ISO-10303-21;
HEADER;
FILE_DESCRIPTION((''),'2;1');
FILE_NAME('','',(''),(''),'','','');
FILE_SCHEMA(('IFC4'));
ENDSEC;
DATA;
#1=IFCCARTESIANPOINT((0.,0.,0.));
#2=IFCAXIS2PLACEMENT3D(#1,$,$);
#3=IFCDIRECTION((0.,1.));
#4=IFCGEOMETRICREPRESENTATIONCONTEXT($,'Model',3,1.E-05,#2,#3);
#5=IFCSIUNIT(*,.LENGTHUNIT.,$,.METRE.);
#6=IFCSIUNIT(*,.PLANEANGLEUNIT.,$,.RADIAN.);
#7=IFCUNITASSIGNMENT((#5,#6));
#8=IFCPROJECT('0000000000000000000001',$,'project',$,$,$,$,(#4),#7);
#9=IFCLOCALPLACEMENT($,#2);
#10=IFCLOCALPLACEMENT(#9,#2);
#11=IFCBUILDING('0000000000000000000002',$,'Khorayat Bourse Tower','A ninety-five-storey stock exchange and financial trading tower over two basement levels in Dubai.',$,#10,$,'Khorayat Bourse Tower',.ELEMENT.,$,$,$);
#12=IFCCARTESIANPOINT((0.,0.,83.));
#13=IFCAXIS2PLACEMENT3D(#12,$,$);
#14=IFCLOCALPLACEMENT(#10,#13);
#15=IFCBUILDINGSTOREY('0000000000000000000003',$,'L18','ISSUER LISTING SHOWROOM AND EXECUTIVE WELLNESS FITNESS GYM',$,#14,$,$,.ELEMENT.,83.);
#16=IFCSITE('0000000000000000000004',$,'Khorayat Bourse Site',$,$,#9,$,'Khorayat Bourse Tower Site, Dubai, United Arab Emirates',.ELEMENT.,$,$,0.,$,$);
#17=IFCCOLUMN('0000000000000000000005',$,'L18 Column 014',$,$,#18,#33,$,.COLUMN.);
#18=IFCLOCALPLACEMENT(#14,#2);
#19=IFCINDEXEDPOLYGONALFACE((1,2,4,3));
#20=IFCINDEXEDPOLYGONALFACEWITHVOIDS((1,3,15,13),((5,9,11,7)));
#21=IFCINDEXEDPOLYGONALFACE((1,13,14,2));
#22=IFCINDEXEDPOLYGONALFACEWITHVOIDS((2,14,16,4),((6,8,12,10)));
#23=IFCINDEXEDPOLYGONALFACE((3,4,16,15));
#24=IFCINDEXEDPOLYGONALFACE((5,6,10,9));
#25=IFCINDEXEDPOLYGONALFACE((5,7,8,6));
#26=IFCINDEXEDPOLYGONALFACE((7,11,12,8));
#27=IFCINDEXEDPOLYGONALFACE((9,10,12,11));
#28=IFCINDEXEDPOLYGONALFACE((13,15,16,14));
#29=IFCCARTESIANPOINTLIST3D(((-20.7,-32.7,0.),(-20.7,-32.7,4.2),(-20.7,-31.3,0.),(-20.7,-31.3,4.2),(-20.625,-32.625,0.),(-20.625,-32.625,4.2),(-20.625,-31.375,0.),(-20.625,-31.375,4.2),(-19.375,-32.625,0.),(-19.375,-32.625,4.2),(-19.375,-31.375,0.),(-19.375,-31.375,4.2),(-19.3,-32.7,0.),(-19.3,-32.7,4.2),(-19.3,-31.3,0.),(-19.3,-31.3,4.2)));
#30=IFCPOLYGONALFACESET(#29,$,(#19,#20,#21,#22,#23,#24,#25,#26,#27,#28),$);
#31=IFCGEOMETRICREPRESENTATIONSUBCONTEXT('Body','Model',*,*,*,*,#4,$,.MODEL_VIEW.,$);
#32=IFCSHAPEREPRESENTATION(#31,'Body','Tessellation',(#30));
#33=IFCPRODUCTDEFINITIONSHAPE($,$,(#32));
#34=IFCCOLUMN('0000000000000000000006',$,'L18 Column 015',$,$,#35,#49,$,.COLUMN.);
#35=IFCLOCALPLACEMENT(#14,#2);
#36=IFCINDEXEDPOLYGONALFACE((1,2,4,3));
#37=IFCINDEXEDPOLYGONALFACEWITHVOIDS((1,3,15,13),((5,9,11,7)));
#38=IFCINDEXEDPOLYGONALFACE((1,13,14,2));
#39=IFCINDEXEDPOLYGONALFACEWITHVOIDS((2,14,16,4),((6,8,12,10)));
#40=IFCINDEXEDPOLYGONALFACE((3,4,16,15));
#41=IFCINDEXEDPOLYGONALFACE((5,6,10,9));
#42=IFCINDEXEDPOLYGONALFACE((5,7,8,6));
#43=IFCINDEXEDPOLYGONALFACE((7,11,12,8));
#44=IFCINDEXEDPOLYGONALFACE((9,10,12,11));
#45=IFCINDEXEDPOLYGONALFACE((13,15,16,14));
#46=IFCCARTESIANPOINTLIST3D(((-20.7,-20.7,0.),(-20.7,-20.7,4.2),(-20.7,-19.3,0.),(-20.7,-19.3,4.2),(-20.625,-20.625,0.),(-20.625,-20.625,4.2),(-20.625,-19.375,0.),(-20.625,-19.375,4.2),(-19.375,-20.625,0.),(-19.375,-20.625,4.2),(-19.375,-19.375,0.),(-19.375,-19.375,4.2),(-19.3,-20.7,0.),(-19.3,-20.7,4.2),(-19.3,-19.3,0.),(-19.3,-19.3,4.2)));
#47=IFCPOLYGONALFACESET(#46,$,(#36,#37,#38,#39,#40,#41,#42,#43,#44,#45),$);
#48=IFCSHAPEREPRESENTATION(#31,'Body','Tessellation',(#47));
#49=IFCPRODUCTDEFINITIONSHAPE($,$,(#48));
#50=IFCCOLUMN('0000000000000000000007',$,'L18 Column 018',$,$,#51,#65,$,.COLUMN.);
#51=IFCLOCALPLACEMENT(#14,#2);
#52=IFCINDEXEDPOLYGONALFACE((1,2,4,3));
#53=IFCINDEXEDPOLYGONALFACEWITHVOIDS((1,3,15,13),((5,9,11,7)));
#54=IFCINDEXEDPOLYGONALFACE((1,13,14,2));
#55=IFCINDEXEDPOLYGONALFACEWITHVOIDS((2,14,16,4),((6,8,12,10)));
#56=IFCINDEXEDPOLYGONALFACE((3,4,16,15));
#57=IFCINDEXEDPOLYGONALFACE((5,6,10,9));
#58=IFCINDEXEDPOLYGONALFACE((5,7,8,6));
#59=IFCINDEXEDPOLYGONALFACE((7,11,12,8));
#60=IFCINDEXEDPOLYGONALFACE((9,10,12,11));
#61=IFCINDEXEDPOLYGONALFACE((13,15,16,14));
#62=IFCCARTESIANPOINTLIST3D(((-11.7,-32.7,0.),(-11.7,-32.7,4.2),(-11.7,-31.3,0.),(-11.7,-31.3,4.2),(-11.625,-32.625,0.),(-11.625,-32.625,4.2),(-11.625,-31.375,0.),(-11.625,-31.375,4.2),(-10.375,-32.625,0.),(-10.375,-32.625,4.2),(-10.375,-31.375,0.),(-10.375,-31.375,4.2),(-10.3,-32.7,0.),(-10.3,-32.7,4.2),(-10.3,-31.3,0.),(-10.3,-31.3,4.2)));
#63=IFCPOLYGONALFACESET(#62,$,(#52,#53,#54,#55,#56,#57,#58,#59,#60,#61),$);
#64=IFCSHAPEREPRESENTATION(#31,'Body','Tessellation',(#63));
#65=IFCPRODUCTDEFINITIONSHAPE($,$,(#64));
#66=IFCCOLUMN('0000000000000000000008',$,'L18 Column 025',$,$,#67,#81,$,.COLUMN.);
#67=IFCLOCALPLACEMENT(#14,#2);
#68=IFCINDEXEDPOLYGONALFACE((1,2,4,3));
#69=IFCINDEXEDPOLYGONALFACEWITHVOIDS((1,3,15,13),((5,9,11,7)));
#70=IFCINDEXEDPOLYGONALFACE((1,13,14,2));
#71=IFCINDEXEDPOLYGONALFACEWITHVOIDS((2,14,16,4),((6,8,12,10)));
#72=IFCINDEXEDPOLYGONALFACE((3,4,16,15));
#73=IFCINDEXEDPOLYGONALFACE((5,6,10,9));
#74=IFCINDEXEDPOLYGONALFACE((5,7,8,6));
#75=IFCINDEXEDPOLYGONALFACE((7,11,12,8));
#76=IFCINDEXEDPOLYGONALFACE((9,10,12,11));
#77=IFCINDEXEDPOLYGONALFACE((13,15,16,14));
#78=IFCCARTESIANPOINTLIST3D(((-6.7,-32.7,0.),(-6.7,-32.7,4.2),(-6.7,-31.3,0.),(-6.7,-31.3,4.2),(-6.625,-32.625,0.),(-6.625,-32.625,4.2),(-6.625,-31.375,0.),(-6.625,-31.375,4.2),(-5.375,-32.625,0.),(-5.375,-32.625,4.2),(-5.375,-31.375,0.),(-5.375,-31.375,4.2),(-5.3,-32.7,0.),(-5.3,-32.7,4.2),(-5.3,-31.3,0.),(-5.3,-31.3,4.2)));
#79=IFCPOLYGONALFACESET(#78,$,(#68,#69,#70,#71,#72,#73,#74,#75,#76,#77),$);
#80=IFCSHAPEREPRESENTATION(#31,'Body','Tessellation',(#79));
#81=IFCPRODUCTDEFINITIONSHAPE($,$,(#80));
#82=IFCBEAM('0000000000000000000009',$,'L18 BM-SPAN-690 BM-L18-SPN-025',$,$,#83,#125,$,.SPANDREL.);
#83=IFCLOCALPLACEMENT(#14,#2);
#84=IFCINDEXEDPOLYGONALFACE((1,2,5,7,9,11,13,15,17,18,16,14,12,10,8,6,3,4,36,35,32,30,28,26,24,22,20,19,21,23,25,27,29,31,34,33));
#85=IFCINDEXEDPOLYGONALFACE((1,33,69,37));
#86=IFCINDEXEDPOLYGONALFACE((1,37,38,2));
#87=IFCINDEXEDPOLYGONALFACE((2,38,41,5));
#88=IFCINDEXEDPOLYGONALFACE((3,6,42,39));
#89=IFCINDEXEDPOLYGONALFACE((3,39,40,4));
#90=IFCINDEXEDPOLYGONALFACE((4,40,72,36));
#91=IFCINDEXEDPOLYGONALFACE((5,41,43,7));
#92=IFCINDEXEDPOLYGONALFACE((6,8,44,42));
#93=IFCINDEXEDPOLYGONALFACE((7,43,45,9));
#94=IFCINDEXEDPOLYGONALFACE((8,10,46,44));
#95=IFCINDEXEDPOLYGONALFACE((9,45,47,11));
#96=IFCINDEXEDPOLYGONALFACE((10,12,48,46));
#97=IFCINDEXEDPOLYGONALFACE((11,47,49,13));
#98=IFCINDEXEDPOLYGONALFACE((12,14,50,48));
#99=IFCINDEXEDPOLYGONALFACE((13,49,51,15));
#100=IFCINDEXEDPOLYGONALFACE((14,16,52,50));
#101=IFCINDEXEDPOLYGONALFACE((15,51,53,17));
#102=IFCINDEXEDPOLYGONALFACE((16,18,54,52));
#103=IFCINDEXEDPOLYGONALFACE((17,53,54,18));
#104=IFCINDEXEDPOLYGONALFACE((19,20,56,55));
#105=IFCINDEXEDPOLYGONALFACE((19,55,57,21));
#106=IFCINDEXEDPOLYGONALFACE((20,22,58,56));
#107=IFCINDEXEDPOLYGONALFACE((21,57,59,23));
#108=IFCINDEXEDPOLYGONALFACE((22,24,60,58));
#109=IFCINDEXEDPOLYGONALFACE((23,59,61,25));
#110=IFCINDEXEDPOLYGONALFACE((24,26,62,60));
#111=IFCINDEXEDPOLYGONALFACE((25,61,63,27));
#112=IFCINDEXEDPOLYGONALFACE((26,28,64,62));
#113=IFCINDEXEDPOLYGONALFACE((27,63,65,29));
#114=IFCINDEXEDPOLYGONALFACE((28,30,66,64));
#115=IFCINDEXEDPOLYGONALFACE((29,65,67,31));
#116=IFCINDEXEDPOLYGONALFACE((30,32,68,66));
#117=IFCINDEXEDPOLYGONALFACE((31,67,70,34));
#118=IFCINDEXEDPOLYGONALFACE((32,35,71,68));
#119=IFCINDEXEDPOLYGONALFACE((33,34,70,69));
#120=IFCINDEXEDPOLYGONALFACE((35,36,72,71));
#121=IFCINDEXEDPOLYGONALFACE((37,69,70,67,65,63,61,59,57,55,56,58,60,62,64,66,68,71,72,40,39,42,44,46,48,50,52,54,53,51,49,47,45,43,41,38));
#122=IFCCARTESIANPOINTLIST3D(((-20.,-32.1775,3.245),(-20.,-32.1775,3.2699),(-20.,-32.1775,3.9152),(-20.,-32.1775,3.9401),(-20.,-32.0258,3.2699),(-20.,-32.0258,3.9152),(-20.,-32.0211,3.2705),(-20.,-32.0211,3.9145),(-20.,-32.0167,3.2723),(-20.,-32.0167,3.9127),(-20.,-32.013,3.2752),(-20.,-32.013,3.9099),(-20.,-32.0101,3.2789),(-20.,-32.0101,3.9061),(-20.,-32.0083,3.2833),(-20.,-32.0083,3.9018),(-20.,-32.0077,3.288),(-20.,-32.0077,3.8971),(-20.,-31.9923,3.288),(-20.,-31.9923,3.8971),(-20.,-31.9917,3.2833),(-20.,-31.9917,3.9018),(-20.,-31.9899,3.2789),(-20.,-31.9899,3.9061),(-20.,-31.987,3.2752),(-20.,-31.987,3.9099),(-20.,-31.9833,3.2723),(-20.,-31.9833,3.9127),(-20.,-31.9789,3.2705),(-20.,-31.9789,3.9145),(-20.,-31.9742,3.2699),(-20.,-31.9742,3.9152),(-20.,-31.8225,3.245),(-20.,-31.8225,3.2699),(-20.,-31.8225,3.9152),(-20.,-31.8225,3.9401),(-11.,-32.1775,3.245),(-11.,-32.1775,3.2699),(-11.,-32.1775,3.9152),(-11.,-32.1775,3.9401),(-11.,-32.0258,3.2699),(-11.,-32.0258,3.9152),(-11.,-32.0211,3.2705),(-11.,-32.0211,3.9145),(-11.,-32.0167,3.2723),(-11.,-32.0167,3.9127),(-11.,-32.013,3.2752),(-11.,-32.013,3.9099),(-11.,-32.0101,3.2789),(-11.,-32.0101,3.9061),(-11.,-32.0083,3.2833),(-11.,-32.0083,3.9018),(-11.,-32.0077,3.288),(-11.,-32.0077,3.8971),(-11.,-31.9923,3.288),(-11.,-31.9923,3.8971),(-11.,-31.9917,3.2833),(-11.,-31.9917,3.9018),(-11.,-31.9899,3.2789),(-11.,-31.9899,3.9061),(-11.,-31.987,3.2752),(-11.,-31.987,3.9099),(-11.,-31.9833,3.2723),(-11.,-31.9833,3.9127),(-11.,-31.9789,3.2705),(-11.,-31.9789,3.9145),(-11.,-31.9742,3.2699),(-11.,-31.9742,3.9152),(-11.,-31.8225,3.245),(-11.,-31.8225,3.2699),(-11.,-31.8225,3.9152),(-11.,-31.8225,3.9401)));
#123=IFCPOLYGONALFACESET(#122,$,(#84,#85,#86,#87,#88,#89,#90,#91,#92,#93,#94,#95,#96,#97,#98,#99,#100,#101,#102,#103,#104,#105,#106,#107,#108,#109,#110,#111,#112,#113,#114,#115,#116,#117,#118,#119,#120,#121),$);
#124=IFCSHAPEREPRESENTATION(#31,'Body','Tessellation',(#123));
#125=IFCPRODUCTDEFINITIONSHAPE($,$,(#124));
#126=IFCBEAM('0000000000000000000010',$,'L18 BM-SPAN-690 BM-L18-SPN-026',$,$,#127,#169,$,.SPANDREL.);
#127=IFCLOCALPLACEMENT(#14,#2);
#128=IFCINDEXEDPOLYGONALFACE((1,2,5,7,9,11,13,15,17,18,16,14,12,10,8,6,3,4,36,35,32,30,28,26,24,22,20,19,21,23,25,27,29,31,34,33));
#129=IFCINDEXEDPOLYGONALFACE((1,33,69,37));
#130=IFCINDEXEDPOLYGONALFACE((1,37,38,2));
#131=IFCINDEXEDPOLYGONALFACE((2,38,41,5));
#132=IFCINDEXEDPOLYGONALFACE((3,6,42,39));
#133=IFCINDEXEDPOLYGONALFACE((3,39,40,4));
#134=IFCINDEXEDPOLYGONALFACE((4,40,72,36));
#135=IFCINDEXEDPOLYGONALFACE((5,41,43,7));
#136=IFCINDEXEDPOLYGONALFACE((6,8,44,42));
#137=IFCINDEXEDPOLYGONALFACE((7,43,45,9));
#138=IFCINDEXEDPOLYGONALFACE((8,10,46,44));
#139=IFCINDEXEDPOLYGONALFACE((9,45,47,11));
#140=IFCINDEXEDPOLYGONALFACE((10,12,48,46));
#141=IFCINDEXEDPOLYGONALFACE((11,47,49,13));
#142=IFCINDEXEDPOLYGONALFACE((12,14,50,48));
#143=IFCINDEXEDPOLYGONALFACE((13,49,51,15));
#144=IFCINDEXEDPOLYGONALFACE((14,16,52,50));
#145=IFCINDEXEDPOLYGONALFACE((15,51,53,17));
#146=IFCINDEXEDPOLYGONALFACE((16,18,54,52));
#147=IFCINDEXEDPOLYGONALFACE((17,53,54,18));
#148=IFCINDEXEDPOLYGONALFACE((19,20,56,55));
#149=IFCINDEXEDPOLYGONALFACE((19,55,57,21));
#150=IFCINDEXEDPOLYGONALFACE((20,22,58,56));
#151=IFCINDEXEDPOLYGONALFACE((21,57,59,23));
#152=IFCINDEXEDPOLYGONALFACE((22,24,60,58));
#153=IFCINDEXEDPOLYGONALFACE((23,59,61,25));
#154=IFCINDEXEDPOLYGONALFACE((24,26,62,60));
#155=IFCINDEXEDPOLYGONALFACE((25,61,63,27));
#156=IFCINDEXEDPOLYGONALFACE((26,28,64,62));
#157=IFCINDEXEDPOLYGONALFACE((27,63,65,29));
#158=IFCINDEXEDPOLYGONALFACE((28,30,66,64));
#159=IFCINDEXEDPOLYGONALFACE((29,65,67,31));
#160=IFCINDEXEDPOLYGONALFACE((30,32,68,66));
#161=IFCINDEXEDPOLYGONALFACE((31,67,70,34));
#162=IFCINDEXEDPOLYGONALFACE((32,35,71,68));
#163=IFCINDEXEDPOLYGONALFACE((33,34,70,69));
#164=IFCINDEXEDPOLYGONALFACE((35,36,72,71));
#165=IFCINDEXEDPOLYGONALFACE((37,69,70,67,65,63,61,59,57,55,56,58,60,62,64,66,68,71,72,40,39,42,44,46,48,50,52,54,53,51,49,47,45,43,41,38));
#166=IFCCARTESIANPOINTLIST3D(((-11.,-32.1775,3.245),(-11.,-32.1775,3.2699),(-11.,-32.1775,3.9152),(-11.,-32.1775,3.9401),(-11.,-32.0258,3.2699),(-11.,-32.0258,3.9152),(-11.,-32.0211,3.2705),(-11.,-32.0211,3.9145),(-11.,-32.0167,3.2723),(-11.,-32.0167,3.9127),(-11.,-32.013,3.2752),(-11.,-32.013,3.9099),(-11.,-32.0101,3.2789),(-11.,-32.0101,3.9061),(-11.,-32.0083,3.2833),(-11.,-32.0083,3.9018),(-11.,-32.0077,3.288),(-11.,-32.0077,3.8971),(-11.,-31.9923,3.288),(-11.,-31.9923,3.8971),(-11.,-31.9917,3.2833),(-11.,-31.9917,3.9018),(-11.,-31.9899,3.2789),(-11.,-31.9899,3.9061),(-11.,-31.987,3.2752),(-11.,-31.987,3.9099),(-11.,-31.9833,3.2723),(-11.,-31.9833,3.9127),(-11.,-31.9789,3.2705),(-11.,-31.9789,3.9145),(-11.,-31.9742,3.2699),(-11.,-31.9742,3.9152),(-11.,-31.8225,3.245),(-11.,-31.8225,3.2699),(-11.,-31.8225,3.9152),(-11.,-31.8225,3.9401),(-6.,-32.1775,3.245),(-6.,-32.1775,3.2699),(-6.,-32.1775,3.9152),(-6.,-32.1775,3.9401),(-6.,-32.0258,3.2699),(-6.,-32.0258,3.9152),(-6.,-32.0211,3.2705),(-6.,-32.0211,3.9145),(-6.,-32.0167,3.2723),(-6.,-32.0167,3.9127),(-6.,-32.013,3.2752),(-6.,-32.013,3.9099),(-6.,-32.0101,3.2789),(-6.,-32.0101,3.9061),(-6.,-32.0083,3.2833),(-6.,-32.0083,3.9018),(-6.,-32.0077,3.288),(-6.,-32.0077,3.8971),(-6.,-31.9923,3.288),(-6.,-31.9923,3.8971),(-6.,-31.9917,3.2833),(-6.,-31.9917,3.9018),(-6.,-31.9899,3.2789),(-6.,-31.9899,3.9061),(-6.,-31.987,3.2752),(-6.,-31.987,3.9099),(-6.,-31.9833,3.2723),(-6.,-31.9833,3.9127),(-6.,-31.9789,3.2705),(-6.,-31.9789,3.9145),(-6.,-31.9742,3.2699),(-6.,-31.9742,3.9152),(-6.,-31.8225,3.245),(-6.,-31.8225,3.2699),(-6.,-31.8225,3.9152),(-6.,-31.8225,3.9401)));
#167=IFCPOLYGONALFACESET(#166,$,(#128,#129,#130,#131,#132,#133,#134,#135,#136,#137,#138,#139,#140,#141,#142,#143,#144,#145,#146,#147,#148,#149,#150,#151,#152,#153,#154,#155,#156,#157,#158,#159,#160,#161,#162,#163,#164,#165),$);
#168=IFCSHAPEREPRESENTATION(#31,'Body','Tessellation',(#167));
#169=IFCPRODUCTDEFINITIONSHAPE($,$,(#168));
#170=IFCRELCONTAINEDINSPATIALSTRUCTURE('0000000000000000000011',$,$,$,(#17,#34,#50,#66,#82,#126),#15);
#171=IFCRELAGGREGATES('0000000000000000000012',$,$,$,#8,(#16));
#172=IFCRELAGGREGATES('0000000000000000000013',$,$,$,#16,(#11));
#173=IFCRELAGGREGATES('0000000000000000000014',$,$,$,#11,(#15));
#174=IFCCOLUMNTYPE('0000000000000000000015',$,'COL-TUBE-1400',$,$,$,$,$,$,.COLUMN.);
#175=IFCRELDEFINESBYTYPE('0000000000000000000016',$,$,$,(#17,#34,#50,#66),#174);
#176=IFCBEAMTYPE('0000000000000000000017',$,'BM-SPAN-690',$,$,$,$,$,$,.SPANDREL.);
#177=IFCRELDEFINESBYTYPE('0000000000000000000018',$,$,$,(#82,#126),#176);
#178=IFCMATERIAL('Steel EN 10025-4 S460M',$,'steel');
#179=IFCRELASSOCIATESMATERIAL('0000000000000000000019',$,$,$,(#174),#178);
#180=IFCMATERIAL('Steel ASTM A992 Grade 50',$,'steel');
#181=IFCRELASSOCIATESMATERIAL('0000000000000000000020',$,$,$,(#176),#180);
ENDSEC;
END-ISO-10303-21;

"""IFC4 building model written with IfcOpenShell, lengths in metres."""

from ifc_helpers import new_model, si_unit, direction, frame, origin, origin_2d, place, context, subcontext, project, spatial, hollow_rectangle, i_section, extrude, source, transform, mapped, material, material_profile, profile_set, type_object, element, save


model = new_model("IFC4")

# Units and contexts
model_context = context("Model", 3, precision=1e-05, world=origin(), true_north=direction((0.0, 1.0)))
body_context = subcontext(model_context, "Body", "Model", "MODEL_VIEW")
ifc_project = project(units=[si_unit("LENGTHUNIT", "METRE"), si_unit("PLANEANGLEUNIT", "RADIAN")], contexts=[model_context])

# Site, building, storey
site_placement = place(None, origin())
site = spatial("IfcSite", under=ifc_project, at=site_placement, Name="Khorayat Bourse Site", LongName="Khorayat Bourse Tower Site, Dubai, United Arab Emirates", CompositionType="ELEMENT", RefElevation=0.0)
building_placement = place(site_placement, origin())
building = spatial("IfcBuilding", under=site, at=building_placement, Name="Khorayat Bourse Tower", Description="A ninety-five-storey stock exchange and financial trading tower over two basement levels in Dubai.", LongName="Khorayat Bourse Tower", CompositionType="ELEMENT")
storey_placement = place(building_placement, frame((0.0, 0.0, 83.0)))
storey = spatial("IfcBuildingStorey", under=building, at=storey_placement, Name="L18", Description="ISSUER LISTING SHOWROOM AND EXECUTIVE WELLNESS FITNESS GYM", CompositionType="ELEMENT", Elevation=83.0)

# Columns
ifc_material_1 = material(Name="Steel EN 10025-4 S460M", Category="steel")
ifc_material_profile_1 = material_profile(ifc_material_1, hollow_rectangle(XDim=1.3999, YDim=1.3999, WallThickness=0.075, at=origin_2d()), Name="BOX 1400x1400x75")
ifc_profile_set_1 = profile_set([ifc_material_profile_1], Name="Steel EN 10025-4 S460M")
column_type = type_object("IfcColumnType", Name="COL-TUBE-1400", PredefinedType="COLUMN", material=ifc_profile_set_1)
shared_shape_1 = source(origin(), body_context, "Body", "SweptSolid", [
    extrude(hollow_rectangle(XDim=1.3999, YDim=1.3999, WallThickness=0.075, at=origin_2d()), origin(), (0.0, 0.0, 1.0), 4.2),
])
for number, where, z_axis, x_axis, name in (
    (1, (-20.0, -32.0, 0.0), (0.0, 0.0, 1.0), (1.0, 0.0, 0.0), "L18 Column 014"),
    (2, (-20.0, -20.0, 0.0), (0.0, 0.0, 1.0), (1.0, 0.0, 0.0), "L18 Column 015"),
    (3, (-11.0, -32.0, 0.0), (0.0, 0.0, 1.0), (1.0, 0.0, 0.0), "L18 Column 018"),
    (4, (-6.0, -32.0, 0.0), (0.0, 0.0, 1.0), (1.0, 0.0, 0.0), "L18 Column 025"),
):
    element("IfcColumn", number, at=place(storey_placement, frame(where, z_axis=z_axis, x_axis=x_axis)), inside=storey, type_object=column_type, Name=name, PredefinedType="COLUMN", context=body_context, shape_type="MappedRepresentation", body=[
        mapped(shared_shape_1, transform((0.0, 0.0, 0.0), scale=1.0)),
    ])

# Beams
ifc_material_2 = material(Name="Steel ASTM A992 Grade 50", Category="steel")
ifc_material_profile_2 = material_profile(ifc_material_2, i_section(OverallWidth=0.355, OverallDepth=0.6951, WebThickness=0.0154, FlangeThickness=0.0249, FilletRadius=0.0181, at=origin_2d()), Name="W690X217")
ifc_profile_set_2 = profile_set([ifc_material_profile_2], Name="Steel ASTM A992 Grade 50")
beam_type_1 = type_object("IfcBeamType", Name="BM-SPAN-690", PredefinedType="SPANDREL", material=ifc_profile_set_2)
shared_shape_2 = source(origin(), body_context, "Body", "SweptSolid", [
    extrude(i_section(OverallWidth=0.355, OverallDepth=0.6951, WebThickness=0.0154, FlangeThickness=0.0249, FilletRadius=0.0181, at=origin_2d()), origin(), (0.0, 0.0, 1.0), 9.0),
])
beam_1_placement = place(storey_placement, frame((-20.0, -32.0, 3.5925), z_axis=(1.0, 0.0, 0.0), x_axis=(0.0, 1.0, 0.0)))
element("IfcBeam", 5, at=beam_1_placement, inside=storey, type_object=beam_type_1, Name="L18 BM-SPAN-690 BM-L18-SPN-025", PredefinedType="SPANDREL", context=body_context, shape_type="MappedRepresentation", body=[
    mapped(shared_shape_2, transform((0.0, 0.0, 0.0), scale=1.0)),
])
shared_shape_3 = source(origin(), body_context, "Body", "SweptSolid", [
    extrude(i_section(OverallWidth=0.355, OverallDepth=0.6951, WebThickness=0.0154, FlangeThickness=0.0249, FilletRadius=0.0181, at=origin_2d()), origin(), (0.0, 0.0, 1.0), 5.0),
])
beam_2_placement = place(storey_placement, frame((-11.0, -32.0, 3.5925), z_axis=(1.0, 0.0, 0.0), x_axis=(0.0, 1.0, 0.0)))
element("IfcBeam", 6, at=beam_2_placement, inside=storey, type_object=beam_type_1, Name="L18 BM-SPAN-690 BM-L18-SPN-026", PredefinedType="SPANDREL", context=body_context, shape_type="MappedRepresentation", body=[
    mapped(shared_shape_3, transform((0.0, 0.0, 0.0), scale=1.0)),
])

save(model, "model.ifc")
